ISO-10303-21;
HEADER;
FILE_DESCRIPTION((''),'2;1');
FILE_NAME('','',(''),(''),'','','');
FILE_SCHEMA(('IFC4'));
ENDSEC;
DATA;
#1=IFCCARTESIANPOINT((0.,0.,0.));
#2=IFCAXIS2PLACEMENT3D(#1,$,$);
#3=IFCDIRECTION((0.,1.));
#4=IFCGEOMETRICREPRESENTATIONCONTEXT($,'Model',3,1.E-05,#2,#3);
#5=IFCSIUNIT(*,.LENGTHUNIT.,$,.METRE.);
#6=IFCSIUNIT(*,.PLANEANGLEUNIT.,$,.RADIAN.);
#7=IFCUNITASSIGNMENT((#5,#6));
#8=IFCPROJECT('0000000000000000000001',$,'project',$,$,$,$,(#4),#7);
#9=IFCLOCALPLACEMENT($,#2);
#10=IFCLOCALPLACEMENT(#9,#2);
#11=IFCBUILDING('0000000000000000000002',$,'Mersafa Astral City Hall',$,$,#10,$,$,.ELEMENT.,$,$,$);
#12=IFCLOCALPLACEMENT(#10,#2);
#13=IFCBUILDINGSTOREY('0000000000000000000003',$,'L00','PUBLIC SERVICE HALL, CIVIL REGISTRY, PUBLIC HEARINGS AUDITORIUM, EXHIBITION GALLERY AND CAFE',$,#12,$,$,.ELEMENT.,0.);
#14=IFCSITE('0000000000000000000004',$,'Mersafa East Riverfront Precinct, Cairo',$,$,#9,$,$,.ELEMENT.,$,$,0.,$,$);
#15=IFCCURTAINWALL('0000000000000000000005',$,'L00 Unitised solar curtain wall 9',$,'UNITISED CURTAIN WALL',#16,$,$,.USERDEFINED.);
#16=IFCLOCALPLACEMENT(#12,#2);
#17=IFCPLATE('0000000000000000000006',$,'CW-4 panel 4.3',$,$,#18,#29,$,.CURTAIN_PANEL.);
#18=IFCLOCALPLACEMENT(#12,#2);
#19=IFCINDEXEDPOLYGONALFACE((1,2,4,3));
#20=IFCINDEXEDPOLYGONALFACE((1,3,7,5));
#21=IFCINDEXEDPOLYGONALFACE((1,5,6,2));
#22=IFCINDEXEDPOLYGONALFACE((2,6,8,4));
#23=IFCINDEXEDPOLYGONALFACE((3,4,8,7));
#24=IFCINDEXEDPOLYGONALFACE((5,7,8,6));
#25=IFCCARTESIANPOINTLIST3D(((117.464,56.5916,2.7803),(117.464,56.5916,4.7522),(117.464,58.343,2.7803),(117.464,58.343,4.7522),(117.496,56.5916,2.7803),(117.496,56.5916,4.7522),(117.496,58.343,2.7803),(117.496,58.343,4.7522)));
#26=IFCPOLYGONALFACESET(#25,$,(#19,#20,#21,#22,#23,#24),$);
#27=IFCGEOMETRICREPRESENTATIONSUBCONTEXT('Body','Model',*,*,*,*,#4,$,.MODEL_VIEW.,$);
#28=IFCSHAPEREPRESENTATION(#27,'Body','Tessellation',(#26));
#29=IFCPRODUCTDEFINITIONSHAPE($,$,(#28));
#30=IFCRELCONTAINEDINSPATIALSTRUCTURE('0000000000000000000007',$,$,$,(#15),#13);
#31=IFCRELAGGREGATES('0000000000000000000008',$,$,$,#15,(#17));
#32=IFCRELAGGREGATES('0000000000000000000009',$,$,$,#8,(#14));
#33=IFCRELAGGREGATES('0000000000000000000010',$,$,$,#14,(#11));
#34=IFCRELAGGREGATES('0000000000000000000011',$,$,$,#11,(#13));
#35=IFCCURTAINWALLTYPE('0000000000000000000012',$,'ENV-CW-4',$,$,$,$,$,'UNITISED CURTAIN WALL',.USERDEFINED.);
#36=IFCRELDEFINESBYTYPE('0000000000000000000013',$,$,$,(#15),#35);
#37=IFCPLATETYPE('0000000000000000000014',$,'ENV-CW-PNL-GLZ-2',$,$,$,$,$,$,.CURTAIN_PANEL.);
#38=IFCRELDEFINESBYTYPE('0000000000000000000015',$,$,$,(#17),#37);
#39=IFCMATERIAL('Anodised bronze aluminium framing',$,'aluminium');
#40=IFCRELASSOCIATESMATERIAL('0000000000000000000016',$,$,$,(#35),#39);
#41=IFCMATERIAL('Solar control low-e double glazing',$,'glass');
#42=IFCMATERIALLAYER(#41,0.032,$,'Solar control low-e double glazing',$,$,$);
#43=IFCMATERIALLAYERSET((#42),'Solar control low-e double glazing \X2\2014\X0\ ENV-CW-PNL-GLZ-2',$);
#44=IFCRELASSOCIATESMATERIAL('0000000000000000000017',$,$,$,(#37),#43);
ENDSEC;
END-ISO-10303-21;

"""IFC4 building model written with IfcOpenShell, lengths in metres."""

from ifc_helpers import new_model, si_unit, direction, frame, origin, origin_2d, place, context, subcontext, project, spatial, rectangle, extrude, material, layer, layer_set, type_object, element, aggregate, save


model = new_model("IFC4")

# Units and contexts
model_context = context("Model", 3, precision=1e-05, world=origin(), true_north=direction((0.0, 1.0)))
body_context = subcontext(model_context, "Body", "Model", "MODEL_VIEW")
ifc_project = project(units=[si_unit("LENGTHUNIT", "METRE"), si_unit("PLANEANGLEUNIT", "RADIAN")], contexts=[model_context])

# Site, building, storey
site_placement = place(None, origin())
site = spatial("IfcSite", under=ifc_project, at=site_placement, Name="Mersafa East Riverfront Precinct, Cairo", CompositionType="ELEMENT", RefElevation=0.0)
building_placement = place(site_placement, origin())
building = spatial("IfcBuilding", under=site, at=building_placement, Name="Mersafa Astral City Hall", CompositionType="ELEMENT")
storey_placement = place(building_placement, origin())
storey = spatial("IfcBuildingStorey", under=building, at=storey_placement, Name="L00", Description="PUBLIC SERVICE HALL, CIVIL REGISTRY, PUBLIC HEARINGS AUDITORIUM, EXHIBITION GALLERY AND CAFE", CompositionType="ELEMENT", Elevation=0.0)

# Curtain wall, plate
ifc_material_1 = material(Name="Anodised bronze aluminium framing", Category="aluminium")
curtain_wall_type = type_object("IfcCurtainWallType", Name="ENV-CW-4", ElementType="UNITISED CURTAIN WALL", PredefinedType="USERDEFINED", material=ifc_material_1)
curtain_wall_placement = place(storey_placement, origin())
curtain_wall = element("IfcCurtainWall", 1, at=curtain_wall_placement, inside=storey, type_object=curtain_wall_type, Name="L00 Unitised solar curtain wall 9", ObjectType="UNITISED CURTAIN WALL", PredefinedType="USERDEFINED")
ifc_material_2 = material(Name="Solar control low-e double glazing", Category="glass")
ifc_layer = layer(ifc_material_2, 0.032, Name="Solar control low-e double glazing")
ifc_layer_set = layer_set([ifc_layer], Name="Solar control low-e double glazing — ENV-CW-PNL-GLZ-2")
plate_type = type_object("IfcPlateType", Name="ENV-CW-PNL-GLZ-2", PredefinedType="CURTAIN_PANEL", material=ifc_layer_set)
plate_1_placement = place(storey_placement, frame((117.48, 57.4673, 2.7803), z_axis=(0.0, 0.0, 1.0), x_axis=(0.0, 1.0, 0.0)))
plate_1 = element("IfcPlate", 2, at=plate_1_placement, type_object=plate_type, Name="CW-4 panel 4.3", PredefinedType="CURTAIN_PANEL", context=body_context, shape_type="SweptSolid", body=[
    extrude(rectangle(XDim=1.7515, YDim=0.032, at=origin_2d()), origin(), (0.0, 0.0, 1.0), 1.9719),
])
aggregate(curtain_wall, [plate_1])

save(model, "model.ifc")
